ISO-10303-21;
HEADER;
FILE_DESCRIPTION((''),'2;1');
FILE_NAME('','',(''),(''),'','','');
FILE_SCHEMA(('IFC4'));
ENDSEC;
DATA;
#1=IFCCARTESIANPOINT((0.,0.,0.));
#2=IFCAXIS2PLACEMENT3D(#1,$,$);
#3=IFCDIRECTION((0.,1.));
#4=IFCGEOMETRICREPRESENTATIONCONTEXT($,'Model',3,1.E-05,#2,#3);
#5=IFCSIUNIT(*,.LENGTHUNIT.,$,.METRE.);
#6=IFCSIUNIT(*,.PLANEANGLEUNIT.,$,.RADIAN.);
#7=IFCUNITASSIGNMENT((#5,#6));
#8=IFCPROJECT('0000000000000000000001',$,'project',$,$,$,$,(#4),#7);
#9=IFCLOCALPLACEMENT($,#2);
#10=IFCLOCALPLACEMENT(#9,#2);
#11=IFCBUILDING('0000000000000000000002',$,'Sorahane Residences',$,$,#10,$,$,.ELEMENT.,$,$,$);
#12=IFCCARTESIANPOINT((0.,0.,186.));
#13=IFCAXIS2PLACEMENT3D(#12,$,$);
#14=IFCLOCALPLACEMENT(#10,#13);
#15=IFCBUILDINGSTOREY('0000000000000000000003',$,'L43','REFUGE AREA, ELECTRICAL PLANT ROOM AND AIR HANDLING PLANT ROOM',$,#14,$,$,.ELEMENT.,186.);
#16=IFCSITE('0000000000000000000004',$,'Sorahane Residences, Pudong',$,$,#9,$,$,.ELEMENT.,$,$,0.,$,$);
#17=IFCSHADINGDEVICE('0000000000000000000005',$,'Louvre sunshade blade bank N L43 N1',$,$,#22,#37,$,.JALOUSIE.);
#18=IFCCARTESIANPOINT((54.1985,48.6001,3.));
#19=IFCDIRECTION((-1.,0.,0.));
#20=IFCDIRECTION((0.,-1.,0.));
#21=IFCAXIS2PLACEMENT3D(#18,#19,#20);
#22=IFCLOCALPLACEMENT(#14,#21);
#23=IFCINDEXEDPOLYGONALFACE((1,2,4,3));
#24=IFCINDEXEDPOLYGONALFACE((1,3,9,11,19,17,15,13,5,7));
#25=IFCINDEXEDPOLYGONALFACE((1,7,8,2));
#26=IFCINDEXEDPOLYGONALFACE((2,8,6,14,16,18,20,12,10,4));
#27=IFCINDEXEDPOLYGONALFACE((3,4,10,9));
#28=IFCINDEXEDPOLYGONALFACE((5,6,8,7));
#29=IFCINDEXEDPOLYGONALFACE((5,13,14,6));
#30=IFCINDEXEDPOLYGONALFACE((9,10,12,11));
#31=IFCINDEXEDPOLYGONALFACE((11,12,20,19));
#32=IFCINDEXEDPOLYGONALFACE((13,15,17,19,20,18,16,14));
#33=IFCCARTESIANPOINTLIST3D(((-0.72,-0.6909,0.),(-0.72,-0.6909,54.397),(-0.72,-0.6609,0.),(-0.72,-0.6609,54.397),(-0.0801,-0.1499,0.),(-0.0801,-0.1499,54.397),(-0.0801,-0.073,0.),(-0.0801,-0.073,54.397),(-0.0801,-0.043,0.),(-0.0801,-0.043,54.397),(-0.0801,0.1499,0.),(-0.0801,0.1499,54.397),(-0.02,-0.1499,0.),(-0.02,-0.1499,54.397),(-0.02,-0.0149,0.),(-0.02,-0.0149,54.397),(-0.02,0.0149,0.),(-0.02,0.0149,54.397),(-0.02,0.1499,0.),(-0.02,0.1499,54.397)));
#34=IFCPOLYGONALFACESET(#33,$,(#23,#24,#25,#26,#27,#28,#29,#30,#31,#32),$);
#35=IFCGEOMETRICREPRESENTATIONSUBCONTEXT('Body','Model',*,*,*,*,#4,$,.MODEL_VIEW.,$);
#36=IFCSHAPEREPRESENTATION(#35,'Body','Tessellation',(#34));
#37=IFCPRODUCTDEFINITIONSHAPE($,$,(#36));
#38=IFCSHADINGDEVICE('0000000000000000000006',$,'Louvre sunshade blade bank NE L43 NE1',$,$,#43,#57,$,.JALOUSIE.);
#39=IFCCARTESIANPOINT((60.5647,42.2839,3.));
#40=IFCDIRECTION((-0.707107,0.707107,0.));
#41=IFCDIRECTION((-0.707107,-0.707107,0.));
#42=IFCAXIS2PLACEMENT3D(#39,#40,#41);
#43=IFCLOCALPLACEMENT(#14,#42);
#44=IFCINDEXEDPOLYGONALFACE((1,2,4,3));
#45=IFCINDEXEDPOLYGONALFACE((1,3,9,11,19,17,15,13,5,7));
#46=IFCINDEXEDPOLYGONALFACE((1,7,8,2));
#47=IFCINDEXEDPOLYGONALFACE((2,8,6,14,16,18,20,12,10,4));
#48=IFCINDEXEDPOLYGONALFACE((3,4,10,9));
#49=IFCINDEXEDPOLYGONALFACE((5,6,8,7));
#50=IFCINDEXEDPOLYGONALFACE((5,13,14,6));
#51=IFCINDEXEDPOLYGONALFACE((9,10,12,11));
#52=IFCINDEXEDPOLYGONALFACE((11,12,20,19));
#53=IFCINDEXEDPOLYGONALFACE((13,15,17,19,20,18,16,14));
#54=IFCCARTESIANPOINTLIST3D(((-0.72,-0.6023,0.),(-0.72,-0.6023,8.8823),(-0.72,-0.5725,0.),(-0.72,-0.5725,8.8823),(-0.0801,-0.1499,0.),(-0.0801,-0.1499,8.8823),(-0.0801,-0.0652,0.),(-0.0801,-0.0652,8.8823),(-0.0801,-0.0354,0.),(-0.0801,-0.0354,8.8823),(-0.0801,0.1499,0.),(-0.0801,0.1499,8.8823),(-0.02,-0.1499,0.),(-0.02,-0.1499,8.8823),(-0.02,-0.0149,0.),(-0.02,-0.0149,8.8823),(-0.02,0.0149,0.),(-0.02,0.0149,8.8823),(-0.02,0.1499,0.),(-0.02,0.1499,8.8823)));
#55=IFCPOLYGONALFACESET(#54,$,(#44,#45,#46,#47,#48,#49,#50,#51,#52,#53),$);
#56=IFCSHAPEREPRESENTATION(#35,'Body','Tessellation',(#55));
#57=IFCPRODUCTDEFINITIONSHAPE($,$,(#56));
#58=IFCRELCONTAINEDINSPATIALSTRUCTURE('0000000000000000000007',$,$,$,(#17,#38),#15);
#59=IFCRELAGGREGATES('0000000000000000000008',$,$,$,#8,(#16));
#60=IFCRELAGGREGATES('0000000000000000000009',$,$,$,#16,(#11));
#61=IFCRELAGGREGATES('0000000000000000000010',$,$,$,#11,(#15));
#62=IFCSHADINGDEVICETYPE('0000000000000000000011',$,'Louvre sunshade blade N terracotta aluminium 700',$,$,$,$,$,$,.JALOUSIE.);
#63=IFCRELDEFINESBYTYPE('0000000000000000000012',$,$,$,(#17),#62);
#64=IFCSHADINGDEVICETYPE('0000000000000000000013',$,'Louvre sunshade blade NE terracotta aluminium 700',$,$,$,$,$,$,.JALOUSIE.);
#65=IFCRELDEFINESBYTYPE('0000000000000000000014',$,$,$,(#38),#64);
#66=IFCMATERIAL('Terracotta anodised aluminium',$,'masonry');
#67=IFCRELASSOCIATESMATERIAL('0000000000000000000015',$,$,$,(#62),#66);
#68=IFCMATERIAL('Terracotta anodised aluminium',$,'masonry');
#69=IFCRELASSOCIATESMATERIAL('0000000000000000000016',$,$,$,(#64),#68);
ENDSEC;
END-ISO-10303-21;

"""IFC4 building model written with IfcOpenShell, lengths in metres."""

from ifc_helpers import new_model, si_unit, direction, frame, origin, place, context, subcontext, project, spatial, polyline, outline, extrude, material, type_object, element, save


model = new_model("IFC4")

# Units and contexts
model_context = context("Model", 3, precision=1e-05, world=origin(), true_north=direction((0.0, 1.0)))
body_context = subcontext(model_context, "Body", "Model", "MODEL_VIEW")
ifc_project = project(units=[si_unit("LENGTHUNIT", "METRE"), si_unit("PLANEANGLEUNIT", "RADIAN")], contexts=[model_context])

# Site, building, storey
site_placement = place(None, origin())
site = spatial("IfcSite", under=ifc_project, at=site_placement, Name="Sorahane Residences, Pudong", CompositionType="ELEMENT", RefElevation=0.0)
building_placement = place(site_placement, origin())
building = spatial("IfcBuilding", under=site, at=building_placement, Name="Sorahane Residences", CompositionType="ELEMENT")
storey_placement = place(building_placement, frame((0.0, 0.0, 186.0)))
storey = spatial("IfcBuildingStorey", under=building, at=storey_placement, Name="L43", Description="REFUGE AREA, ELECTRICAL PLANT ROOM AND AIR HANDLING PLANT ROOM", CompositionType="ELEMENT", Elevation=186.0)

# Shading devices
ifc_material_1 = material(Name="Terracotta anodised aluminium", Category="masonry")
shading_device_type_1 = type_object("IfcShadingDeviceType", Name="Louvre sunshade blade N terracotta aluminium 700", PredefinedType="JALOUSIE", material=ifc_material_1)
shading_device_1_placement = place(storey_placement, frame((54.1985, 48.6001, 3.0), z_axis=(-1.0, 0.0, 0.0), x_axis=(0.0, -1.0, 0.0)))
element("IfcShadingDevice", 1, at=shading_device_1_placement, inside=storey, type_object=shading_device_type_1, Name="Louvre sunshade blade bank N L43 N1", PredefinedType="JALOUSIE", context=body_context, shape_type="SweptSolid", body=[
    extrude(outline(polyline([(-0.72, -0.6609), (-0.72, -0.6909), (-0.0801, -0.073), (-0.0801, -0.1499), (-0.02, -0.1499), (-0.02, -0.0149), (-0.02, 0.0149), (-0.02, 0.1499), (-0.0801, 0.1499), (-0.0801, -0.043), (-0.72, -0.6609)])), origin(), (0.0, 0.0, 1.0), 54.397),
])
ifc_material_2 = material(Name="Terracotta anodised aluminium", Category="masonry")
shading_device_type_2 = type_object("IfcShadingDeviceType", Name="Louvre sunshade blade NE terracotta aluminium 700", PredefinedType="JALOUSIE", material=ifc_material_2)
shading_device_2_placement = place(storey_placement, frame((60.5647, 42.2839, 3.0), z_axis=(-0.707107, 0.707107, 0.0), x_axis=(-0.707107, -0.707107, 0.0)))
element("IfcShadingDevice", 2, at=shading_device_2_placement, inside=storey, type_object=shading_device_type_2, Name="Louvre sunshade blade bank NE L43 NE1", PredefinedType="JALOUSIE", context=body_context, shape_type="SweptSolid", body=[
    extrude(outline(polyline([(-0.72, -0.5725), (-0.72, -0.6023), (-0.0801, -0.0652), (-0.0801, -0.1499), (-0.02, -0.1499), (-0.02, -0.0149), (-0.02, 0.0149), (-0.02, 0.1499), (-0.0801, 0.1499), (-0.0801, -0.0354), (-0.72, -0.5725)])), origin(), (0.0, 0.0, 1.0), 8.8823),
])

save(model, "model.ifc")
